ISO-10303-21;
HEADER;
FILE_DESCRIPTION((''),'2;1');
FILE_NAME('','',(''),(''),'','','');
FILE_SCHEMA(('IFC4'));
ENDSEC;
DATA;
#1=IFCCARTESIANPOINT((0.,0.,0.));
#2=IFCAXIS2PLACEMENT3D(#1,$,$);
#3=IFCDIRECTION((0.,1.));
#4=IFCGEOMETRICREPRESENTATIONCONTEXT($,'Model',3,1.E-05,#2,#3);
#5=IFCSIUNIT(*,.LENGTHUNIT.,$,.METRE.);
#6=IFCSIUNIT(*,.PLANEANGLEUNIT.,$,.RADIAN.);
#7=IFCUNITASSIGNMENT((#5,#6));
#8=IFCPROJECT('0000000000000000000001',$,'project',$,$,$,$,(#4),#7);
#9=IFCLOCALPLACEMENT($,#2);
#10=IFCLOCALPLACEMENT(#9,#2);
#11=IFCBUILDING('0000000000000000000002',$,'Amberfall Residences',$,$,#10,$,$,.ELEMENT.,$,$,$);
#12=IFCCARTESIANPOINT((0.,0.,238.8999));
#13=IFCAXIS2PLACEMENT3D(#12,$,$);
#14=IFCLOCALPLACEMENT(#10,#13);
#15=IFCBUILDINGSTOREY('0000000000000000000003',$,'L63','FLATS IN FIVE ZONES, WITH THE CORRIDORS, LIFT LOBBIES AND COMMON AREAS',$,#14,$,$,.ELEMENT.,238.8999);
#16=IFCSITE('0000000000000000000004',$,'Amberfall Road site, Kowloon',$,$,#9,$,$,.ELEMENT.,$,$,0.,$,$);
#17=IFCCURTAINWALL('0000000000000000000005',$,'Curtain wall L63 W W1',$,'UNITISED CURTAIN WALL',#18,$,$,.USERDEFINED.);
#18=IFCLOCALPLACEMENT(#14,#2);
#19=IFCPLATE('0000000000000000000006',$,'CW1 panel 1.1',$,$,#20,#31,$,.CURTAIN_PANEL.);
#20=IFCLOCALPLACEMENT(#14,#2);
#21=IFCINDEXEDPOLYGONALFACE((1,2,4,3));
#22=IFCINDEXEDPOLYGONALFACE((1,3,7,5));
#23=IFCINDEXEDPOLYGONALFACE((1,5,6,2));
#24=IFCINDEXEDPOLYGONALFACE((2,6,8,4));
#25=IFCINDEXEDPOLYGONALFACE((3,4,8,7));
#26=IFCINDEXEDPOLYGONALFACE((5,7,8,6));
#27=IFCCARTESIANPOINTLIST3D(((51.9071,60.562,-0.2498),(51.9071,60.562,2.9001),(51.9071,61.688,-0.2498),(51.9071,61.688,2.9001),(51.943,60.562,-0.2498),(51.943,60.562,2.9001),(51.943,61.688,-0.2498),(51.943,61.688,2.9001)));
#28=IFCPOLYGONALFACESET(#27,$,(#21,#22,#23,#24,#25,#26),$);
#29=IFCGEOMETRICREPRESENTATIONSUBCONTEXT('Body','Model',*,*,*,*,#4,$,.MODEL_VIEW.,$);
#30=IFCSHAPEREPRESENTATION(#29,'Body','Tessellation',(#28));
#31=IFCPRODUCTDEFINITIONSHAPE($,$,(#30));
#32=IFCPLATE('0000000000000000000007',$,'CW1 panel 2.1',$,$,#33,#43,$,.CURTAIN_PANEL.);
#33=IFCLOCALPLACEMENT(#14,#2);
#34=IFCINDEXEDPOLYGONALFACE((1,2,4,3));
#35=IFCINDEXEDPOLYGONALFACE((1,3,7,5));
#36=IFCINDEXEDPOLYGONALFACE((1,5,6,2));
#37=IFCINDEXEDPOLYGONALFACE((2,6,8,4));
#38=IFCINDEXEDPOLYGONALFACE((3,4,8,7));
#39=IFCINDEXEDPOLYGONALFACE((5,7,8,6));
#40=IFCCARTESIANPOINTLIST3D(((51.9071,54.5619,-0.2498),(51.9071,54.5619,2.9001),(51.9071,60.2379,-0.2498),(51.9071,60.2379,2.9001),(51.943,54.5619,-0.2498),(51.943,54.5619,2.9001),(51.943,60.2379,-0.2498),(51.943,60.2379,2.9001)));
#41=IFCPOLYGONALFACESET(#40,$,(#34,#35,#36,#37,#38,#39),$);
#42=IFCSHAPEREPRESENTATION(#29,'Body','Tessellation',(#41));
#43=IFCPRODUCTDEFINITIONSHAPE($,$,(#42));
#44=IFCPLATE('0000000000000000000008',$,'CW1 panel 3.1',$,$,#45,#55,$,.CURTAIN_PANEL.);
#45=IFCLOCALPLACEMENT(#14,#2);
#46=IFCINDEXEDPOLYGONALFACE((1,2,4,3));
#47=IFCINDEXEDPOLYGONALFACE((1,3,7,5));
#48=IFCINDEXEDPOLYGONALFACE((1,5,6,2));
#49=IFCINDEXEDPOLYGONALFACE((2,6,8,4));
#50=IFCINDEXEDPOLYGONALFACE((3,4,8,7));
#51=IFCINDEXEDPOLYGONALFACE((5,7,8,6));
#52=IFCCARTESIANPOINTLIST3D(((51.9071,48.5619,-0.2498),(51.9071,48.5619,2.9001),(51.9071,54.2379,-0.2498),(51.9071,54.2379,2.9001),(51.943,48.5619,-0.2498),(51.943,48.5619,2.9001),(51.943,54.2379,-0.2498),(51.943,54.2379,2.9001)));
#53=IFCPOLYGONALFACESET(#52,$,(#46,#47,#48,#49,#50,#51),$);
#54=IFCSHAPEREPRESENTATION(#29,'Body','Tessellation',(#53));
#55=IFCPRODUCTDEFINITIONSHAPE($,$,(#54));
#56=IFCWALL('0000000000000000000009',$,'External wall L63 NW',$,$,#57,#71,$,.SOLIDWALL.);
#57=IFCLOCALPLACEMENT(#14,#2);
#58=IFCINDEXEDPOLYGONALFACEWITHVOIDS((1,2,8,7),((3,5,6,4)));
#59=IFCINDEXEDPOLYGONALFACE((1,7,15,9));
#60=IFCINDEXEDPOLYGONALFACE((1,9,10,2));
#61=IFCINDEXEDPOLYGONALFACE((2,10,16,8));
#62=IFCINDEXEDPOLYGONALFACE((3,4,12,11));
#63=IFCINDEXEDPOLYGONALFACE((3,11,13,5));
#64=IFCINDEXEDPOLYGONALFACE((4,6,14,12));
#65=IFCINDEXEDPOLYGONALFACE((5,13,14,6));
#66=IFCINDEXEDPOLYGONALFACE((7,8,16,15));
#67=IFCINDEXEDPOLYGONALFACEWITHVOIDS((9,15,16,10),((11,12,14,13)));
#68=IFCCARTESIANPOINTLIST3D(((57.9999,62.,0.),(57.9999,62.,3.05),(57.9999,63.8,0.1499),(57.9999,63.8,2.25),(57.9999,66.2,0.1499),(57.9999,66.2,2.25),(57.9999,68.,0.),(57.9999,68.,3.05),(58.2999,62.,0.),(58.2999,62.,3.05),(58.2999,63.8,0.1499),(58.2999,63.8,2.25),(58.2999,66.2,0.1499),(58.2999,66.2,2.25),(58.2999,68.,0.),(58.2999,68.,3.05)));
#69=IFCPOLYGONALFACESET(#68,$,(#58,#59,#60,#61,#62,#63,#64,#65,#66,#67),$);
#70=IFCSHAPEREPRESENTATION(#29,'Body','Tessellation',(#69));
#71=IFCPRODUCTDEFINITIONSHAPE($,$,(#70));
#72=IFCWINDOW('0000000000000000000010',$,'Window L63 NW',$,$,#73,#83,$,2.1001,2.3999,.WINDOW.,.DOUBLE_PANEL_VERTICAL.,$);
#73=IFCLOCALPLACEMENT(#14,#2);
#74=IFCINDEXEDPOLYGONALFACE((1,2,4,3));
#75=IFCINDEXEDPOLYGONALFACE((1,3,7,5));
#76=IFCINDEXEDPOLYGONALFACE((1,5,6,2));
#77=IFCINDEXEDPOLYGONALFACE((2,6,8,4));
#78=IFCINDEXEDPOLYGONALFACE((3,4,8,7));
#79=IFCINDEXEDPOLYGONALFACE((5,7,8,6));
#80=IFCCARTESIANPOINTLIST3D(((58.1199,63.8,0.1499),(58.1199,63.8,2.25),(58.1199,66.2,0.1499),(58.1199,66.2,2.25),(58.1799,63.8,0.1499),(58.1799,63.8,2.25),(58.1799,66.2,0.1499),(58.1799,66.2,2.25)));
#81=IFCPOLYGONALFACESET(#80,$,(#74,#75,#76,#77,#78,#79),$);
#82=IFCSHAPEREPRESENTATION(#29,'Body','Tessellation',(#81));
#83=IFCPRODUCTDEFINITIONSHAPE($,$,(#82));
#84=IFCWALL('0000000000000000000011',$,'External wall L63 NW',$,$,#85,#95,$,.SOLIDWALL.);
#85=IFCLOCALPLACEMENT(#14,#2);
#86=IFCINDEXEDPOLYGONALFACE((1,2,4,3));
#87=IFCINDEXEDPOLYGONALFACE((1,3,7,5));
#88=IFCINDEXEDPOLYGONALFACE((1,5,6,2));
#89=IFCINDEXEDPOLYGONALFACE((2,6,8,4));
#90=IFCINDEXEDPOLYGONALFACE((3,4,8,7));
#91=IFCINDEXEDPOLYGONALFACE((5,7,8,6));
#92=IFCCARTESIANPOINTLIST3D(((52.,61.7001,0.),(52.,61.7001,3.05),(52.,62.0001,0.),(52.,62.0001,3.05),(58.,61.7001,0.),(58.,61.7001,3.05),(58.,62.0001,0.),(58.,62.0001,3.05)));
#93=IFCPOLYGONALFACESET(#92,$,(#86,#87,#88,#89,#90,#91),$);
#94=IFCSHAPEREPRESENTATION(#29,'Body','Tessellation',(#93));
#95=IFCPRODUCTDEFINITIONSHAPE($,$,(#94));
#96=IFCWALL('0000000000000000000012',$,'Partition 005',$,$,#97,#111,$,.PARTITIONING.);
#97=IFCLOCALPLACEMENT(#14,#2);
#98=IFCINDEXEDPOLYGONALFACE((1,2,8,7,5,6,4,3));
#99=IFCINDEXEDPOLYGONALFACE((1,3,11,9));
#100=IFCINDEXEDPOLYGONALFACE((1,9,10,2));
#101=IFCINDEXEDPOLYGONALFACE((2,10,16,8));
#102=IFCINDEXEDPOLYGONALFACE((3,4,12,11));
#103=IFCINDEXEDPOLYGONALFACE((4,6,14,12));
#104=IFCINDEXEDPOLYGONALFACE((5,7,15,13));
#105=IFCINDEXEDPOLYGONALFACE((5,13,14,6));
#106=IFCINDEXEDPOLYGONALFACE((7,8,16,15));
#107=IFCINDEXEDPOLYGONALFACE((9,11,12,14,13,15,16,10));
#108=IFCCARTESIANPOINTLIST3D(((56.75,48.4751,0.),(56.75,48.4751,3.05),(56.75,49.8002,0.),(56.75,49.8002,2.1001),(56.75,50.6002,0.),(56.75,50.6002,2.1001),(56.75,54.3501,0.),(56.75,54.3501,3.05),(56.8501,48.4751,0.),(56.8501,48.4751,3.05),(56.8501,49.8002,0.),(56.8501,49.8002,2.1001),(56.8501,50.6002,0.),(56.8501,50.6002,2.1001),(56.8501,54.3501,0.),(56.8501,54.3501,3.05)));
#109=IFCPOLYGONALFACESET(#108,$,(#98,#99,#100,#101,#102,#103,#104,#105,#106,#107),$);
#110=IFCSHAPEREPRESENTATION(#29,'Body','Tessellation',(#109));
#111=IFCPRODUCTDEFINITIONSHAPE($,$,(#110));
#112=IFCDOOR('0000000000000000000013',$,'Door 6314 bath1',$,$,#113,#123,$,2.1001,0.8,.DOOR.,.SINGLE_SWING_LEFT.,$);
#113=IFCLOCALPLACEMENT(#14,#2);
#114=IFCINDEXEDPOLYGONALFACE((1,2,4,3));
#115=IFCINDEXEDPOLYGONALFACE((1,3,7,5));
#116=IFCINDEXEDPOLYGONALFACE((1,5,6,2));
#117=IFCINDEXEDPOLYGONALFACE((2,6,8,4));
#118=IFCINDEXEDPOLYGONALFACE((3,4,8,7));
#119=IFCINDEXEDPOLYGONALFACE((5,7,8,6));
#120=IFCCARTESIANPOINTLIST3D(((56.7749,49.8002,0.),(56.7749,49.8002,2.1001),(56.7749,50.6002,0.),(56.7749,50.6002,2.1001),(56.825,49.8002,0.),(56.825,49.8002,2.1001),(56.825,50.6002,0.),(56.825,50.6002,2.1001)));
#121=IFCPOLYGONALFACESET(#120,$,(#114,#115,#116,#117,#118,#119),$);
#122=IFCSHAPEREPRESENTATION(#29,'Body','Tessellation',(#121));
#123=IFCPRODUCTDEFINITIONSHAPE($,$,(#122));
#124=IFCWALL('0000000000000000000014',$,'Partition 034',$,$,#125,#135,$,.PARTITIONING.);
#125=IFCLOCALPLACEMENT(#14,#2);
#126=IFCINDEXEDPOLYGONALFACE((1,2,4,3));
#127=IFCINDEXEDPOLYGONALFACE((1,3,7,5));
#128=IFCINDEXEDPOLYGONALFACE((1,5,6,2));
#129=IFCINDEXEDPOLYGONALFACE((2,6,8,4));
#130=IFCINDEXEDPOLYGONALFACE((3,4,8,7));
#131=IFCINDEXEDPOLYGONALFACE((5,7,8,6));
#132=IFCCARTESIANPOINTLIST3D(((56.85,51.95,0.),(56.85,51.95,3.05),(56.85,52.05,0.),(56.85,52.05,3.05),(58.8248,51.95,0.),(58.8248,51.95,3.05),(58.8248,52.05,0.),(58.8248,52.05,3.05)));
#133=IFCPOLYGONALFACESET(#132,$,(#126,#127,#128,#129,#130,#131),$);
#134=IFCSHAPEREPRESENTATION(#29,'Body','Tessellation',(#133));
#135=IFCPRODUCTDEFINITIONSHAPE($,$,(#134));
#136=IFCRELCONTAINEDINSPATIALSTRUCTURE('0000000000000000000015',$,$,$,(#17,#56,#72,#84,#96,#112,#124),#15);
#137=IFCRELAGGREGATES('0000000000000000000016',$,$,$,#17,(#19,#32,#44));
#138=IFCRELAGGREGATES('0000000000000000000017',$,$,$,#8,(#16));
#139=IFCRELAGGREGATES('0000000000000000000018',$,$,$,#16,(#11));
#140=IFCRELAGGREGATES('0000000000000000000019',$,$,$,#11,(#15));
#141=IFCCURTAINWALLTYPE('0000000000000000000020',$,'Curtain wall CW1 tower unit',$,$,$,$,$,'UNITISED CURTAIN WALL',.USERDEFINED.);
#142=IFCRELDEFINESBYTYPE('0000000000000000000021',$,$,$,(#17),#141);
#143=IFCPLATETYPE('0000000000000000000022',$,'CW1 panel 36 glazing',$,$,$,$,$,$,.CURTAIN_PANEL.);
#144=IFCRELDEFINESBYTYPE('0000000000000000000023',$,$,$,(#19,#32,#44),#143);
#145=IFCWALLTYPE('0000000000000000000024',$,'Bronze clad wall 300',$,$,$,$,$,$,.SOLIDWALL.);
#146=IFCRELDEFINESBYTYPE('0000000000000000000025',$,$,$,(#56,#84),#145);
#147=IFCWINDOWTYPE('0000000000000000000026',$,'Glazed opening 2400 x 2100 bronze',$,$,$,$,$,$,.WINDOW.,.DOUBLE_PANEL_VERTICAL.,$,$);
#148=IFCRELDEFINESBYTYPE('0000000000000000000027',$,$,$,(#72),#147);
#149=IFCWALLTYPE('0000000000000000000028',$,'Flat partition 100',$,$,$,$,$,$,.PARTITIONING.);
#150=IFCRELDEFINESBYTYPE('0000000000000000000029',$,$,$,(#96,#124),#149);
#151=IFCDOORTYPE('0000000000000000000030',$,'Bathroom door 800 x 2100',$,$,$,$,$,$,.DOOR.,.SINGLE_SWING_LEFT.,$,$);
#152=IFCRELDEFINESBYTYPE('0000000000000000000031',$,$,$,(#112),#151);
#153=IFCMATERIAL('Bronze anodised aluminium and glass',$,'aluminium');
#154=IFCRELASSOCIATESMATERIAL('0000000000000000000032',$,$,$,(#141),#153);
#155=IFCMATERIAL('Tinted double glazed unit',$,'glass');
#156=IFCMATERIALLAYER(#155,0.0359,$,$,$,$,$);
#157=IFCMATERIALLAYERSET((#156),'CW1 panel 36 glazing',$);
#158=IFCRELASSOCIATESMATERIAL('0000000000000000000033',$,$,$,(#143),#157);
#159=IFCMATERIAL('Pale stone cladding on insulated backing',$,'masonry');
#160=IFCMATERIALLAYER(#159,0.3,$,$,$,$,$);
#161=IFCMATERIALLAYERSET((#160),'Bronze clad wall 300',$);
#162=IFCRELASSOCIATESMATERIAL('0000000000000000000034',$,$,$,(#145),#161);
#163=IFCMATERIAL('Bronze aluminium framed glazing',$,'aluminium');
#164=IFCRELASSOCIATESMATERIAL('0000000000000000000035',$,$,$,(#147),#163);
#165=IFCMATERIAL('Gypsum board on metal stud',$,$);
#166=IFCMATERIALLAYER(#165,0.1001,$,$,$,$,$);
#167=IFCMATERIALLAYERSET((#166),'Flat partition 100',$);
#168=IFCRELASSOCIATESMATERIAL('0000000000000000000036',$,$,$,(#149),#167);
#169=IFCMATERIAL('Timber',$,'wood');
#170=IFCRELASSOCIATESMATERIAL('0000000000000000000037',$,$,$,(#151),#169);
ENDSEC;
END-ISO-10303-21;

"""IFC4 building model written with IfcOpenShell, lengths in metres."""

from ifc_helpers import new_model, si_unit, direction, frame, frame_2d, origin, origin_2d, place, context, subcontext, project, spatial, rectangle, extrude, material, layer, layer_set, type_object, element, fill, aggregate, save


model = new_model("IFC4")

# Units and contexts
model_context = context("Model", 3, precision=1e-05, world=origin(), true_north=direction((0.0, 1.0)))
body_context = subcontext(model_context, "Body", "Model", "MODEL_VIEW")
ifc_project = project(units=[si_unit("LENGTHUNIT", "METRE"), si_unit("PLANEANGLEUNIT", "RADIAN")], contexts=[model_context])

# Site, building, storey
site_placement = place(None, origin())
site = spatial("IfcSite", under=ifc_project, at=site_placement, Name="Amberfall Road site, Kowloon", CompositionType="ELEMENT", RefElevation=0.0)
building_placement = place(site_placement, origin())
building = spatial("IfcBuilding", under=site, at=building_placement, Name="Amberfall Residences", CompositionType="ELEMENT")
storey_placement = place(building_placement, frame((0.0, 0.0, 238.8999)))
storey = spatial("IfcBuildingStorey", under=building, at=storey_placement, Name="L63", Description="FLATS IN FIVE ZONES, WITH THE CORRIDORS, LIFT LOBBIES AND COMMON AREAS", CompositionType="ELEMENT", Elevation=238.8999)

# Curtain wall
ifc_material_1 = material(Name="Bronze anodised aluminium and glass", Category="aluminium")
curtain_wall_type = type_object("IfcCurtainWallType", Name="Curtain wall CW1 tower unit", ElementType="UNITISED CURTAIN WALL", PredefinedType="USERDEFINED", material=ifc_material_1)
curtain_wall_placement = place(storey_placement, origin())
curtain_wall = element("IfcCurtainWall", 1, at=curtain_wall_placement, inside=storey, type_object=curtain_wall_type, Name="Curtain wall L63 W W1", ObjectType="UNITISED CURTAIN WALL", PredefinedType="USERDEFINED")

# Plates
ifc_material_2 = material(Name="Tinted double glazed unit", Category="glass")
ifc_layer_1 = layer(ifc_material_2, 0.0359)
ifc_layer_set_1 = layer_set([ifc_layer_1], Name="CW1 panel 36 glazing")
plate_type = type_object("IfcPlateType", Name="CW1 panel 36 glazing", PredefinedType="CURTAIN_PANEL", material=ifc_layer_set_1)
plate_1_placement = place(storey_placement, frame((51.925, 61.125, -0.2498), z_axis=(0.0, 0.0, 1.0), x_axis=(0.0, -1.0, 0.0)))
plate_1 = element("IfcPlate", 2, at=plate_1_placement, type_object=plate_type, Name="CW1 panel 1.1", PredefinedType="CURTAIN_PANEL", context=body_context, shape_type="SweptSolid", body=[
    extrude(rectangle(XDim=1.126, YDim=0.0359, at=origin_2d()), origin(), (0.0, 0.0, 1.0), 3.1499),
])
plate_2_placement = place(storey_placement, frame((51.925, 57.3999, -0.2498), z_axis=(0.0, 0.0, 1.0), x_axis=(0.0, -1.0, 0.0)))
plate_2 = element("IfcPlate", 3, at=plate_2_placement, type_object=plate_type, Name="CW1 panel 2.1", PredefinedType="CURTAIN_PANEL", context=body_context, shape_type="SweptSolid", body=[
    extrude(rectangle(XDim=5.676, YDim=0.0359, at=origin_2d()), origin(), (0.0, 0.0, 1.0), 3.1499),
])
plate_3_placement = place(storey_placement, frame((51.925, 51.3999, -0.2498), z_axis=(0.0, 0.0, 1.0), x_axis=(0.0, -1.0, 0.0)))
plate_3 = element("IfcPlate", 4, at=plate_3_placement, type_object=plate_type, Name="CW1 panel 3.1", PredefinedType="CURTAIN_PANEL", context=body_context, shape_type="SweptSolid", body=[
    extrude(rectangle(XDim=5.676, YDim=0.0359, at=origin_2d()), origin(), (0.0, 0.0, 1.0), 3.1499),
])
aggregate(curtain_wall, [plate_1, plate_2, plate_3])

# Wall, opening, window
ifc_material_3 = material(Name="Pale stone cladding on insulated backing", Category="masonry")
ifc_layer_2 = layer(ifc_material_3, 0.3)
ifc_layer_set_2 = layer_set([ifc_layer_2], Name="Bronze clad wall 300")
wall_type_1 = type_object("IfcWallType", Name="Bronze clad wall 300", PredefinedType="SOLIDWALL", material=ifc_layer_set_2)
wall_1_placement = place(storey_placement, frame((58.1499, 68.0, 0.0), z_axis=(0.0, 0.0, 1.0), x_axis=(0.0, -1.0, 0.0)))
wall_1 = element("IfcWall", 5, at=wall_1_placement, inside=storey, type_object=wall_type_1, Name="External wall L63 NW", PredefinedType="SOLIDWALL", context=body_context, shape_type="SweptSolid", body=[
    extrude(rectangle(XDim=6.0, YDim=0.3, at=frame_2d((3.0, 0.0))), origin(), (0.0, 0.0, 1.0), 3.05),
])
opening_1_placement = place(wall_1_placement, frame((1.8, 0.0, 0.1499)))
opening_1 = element("IfcOpeningElement", 6, at=opening_1_placement, cuts=wall_1, PredefinedType="OPENING", context=body_context, shape_type="SweptSolid", body=[
    extrude(rectangle(XDim=2.3999, YDim=2.1001, at=frame_2d((1.2, 1.05))), frame((0.0, 0.1599, 0.0), z_axis=(0.0, -1.0, 0.0), x_axis=(1.0, 0.0, 0.0)), (0.0, 0.0, 1.0), 0.3201),
])
ifc_material_4 = material(Name="Bronze aluminium framed glazing", Category="aluminium")
window_type = type_object("IfcWindowType", Name="Glazed opening 2400 x 2100 bronze", PartitioningType="DOUBLE_PANEL_VERTICAL", PredefinedType="WINDOW", material=ifc_material_4)
window_placement = place(opening_1_placement, origin())
window = element("IfcWindow", 7, at=window_placement, inside=storey, type_object=window_type, Name="Window L63 NW", OverallHeight=2.1001, OverallWidth=2.3999, PartitioningType="DOUBLE_PANEL_VERTICAL", PredefinedType="WINDOW", context=body_context, shape_type="SweptSolid", body=[
    extrude(rectangle(XDim=2.3999, YDim=2.1001, at=frame_2d((1.2, 1.05))), frame((0.0, 0.03, 0.0), z_axis=(0.0, -1.0, 0.0), x_axis=(1.0, 0.0, 0.0)), (0.0, 0.0, 1.0), 0.0601),
])
fill(opening_1, window)

# Wall
wall_2_placement = place(storey_placement, frame((58.0, 61.8501, 0.0), z_axis=(0.0, 0.0, 1.0), x_axis=(-1.0, 0.0, 0.0)))
element("IfcWall", 8, at=wall_2_placement, inside=storey, type_object=wall_type_1, Name="External wall L63 NW", PredefinedType="SOLIDWALL", context=body_context, shape_type="SweptSolid", body=[
    extrude(rectangle(XDim=6.0, YDim=0.3, at=frame_2d((3.0, 0.0))), origin(), (0.0, 0.0, 1.0), 3.05),
])

# Wall, opening, door
ifc_material_5 = material(Name="Gypsum board on metal stud")
ifc_layer_3 = layer(ifc_material_5, 0.1001)
ifc_layer_set_3 = layer_set([ifc_layer_3], Name="Flat partition 100")
wall_type_2 = type_object("IfcWallType", Name="Flat partition 100", PredefinedType="PARTITIONING", material=ifc_layer_set_3)
wall_3_placement = place(storey_placement, frame((56.8, 54.3501, 0.0), z_axis=(0.0, 0.0, 1.0), x_axis=(0.0, -1.0, 0.0)))
wall_3 = element("IfcWall", 9, at=wall_3_placement, inside=storey, type_object=wall_type_2, Name="Partition 005", PredefinedType="PARTITIONING", context=body_context, shape_type="SweptSolid", body=[
    extrude(rectangle(XDim=5.875, YDim=0.1001, at=frame_2d((2.9375, 0.0))), origin(), (0.0, 0.0, 1.0), 3.05),
])
opening_2_placement = place(wall_3_placement, frame((3.75, 0.0, 0.0)))
opening_2 = element("IfcOpeningElement", 10, at=opening_2_placement, cuts=wall_3, PredefinedType="OPENING", context=body_context, shape_type="SweptSolid", body=[
    extrude(rectangle(XDim=0.8, YDim=2.1001, at=frame_2d((0.3999, 1.05))), frame((0.0, 0.0601, 0.0), z_axis=(0.0, -1.0, 0.0), x_axis=(1.0, 0.0, 0.0)), (0.0, 0.0, 1.0), 0.1201),
])
ifc_material_6 = material(Name="Timber", Category="wood")
door_type = type_object("IfcDoorType", Name="Bathroom door 800 x 2100", OperationType="SINGLE_SWING_LEFT", PredefinedType="DOOR", material=ifc_material_6)
door_placement = place(opening_2_placement, origin())
door = element("IfcDoor", 11, at=door_placement, inside=storey, type_object=door_type, Name="Door 6314 bath1", OperationType="SINGLE_SWING_LEFT", OverallHeight=2.1001, OverallWidth=0.8, PredefinedType="DOOR", context=body_context, shape_type="SweptSolid", body=[
    extrude(rectangle(XDim=0.8, YDim=2.1001, at=frame_2d((0.3999, 1.05))), frame((0.0, 0.0249, 0.0), z_axis=(0.0, -1.0, 0.0), x_axis=(1.0, 0.0, 0.0)), (0.0, 0.0, 1.0), 0.05),
])
fill(opening_2, door)

# Wall
wall_4_placement = place(storey_placement, frame((56.8501, 52.0, 0.0), z_axis=(0.0, 0.0, 1.0), x_axis=(1.0, 0.0, 0.0)))
element("IfcWall", 12, at=wall_4_placement, inside=storey, type_object=wall_type_2, Name="Partition 034", PredefinedType="PARTITIONING", context=body_context, shape_type="SweptSolid", body=[
    extrude(rectangle(XDim=1.9749, YDim=0.1001, at=frame_2d((0.9873, 0.0))), origin(), (0.0, 0.0, 1.0), 3.05),
])

save(model, "model.ifc")
